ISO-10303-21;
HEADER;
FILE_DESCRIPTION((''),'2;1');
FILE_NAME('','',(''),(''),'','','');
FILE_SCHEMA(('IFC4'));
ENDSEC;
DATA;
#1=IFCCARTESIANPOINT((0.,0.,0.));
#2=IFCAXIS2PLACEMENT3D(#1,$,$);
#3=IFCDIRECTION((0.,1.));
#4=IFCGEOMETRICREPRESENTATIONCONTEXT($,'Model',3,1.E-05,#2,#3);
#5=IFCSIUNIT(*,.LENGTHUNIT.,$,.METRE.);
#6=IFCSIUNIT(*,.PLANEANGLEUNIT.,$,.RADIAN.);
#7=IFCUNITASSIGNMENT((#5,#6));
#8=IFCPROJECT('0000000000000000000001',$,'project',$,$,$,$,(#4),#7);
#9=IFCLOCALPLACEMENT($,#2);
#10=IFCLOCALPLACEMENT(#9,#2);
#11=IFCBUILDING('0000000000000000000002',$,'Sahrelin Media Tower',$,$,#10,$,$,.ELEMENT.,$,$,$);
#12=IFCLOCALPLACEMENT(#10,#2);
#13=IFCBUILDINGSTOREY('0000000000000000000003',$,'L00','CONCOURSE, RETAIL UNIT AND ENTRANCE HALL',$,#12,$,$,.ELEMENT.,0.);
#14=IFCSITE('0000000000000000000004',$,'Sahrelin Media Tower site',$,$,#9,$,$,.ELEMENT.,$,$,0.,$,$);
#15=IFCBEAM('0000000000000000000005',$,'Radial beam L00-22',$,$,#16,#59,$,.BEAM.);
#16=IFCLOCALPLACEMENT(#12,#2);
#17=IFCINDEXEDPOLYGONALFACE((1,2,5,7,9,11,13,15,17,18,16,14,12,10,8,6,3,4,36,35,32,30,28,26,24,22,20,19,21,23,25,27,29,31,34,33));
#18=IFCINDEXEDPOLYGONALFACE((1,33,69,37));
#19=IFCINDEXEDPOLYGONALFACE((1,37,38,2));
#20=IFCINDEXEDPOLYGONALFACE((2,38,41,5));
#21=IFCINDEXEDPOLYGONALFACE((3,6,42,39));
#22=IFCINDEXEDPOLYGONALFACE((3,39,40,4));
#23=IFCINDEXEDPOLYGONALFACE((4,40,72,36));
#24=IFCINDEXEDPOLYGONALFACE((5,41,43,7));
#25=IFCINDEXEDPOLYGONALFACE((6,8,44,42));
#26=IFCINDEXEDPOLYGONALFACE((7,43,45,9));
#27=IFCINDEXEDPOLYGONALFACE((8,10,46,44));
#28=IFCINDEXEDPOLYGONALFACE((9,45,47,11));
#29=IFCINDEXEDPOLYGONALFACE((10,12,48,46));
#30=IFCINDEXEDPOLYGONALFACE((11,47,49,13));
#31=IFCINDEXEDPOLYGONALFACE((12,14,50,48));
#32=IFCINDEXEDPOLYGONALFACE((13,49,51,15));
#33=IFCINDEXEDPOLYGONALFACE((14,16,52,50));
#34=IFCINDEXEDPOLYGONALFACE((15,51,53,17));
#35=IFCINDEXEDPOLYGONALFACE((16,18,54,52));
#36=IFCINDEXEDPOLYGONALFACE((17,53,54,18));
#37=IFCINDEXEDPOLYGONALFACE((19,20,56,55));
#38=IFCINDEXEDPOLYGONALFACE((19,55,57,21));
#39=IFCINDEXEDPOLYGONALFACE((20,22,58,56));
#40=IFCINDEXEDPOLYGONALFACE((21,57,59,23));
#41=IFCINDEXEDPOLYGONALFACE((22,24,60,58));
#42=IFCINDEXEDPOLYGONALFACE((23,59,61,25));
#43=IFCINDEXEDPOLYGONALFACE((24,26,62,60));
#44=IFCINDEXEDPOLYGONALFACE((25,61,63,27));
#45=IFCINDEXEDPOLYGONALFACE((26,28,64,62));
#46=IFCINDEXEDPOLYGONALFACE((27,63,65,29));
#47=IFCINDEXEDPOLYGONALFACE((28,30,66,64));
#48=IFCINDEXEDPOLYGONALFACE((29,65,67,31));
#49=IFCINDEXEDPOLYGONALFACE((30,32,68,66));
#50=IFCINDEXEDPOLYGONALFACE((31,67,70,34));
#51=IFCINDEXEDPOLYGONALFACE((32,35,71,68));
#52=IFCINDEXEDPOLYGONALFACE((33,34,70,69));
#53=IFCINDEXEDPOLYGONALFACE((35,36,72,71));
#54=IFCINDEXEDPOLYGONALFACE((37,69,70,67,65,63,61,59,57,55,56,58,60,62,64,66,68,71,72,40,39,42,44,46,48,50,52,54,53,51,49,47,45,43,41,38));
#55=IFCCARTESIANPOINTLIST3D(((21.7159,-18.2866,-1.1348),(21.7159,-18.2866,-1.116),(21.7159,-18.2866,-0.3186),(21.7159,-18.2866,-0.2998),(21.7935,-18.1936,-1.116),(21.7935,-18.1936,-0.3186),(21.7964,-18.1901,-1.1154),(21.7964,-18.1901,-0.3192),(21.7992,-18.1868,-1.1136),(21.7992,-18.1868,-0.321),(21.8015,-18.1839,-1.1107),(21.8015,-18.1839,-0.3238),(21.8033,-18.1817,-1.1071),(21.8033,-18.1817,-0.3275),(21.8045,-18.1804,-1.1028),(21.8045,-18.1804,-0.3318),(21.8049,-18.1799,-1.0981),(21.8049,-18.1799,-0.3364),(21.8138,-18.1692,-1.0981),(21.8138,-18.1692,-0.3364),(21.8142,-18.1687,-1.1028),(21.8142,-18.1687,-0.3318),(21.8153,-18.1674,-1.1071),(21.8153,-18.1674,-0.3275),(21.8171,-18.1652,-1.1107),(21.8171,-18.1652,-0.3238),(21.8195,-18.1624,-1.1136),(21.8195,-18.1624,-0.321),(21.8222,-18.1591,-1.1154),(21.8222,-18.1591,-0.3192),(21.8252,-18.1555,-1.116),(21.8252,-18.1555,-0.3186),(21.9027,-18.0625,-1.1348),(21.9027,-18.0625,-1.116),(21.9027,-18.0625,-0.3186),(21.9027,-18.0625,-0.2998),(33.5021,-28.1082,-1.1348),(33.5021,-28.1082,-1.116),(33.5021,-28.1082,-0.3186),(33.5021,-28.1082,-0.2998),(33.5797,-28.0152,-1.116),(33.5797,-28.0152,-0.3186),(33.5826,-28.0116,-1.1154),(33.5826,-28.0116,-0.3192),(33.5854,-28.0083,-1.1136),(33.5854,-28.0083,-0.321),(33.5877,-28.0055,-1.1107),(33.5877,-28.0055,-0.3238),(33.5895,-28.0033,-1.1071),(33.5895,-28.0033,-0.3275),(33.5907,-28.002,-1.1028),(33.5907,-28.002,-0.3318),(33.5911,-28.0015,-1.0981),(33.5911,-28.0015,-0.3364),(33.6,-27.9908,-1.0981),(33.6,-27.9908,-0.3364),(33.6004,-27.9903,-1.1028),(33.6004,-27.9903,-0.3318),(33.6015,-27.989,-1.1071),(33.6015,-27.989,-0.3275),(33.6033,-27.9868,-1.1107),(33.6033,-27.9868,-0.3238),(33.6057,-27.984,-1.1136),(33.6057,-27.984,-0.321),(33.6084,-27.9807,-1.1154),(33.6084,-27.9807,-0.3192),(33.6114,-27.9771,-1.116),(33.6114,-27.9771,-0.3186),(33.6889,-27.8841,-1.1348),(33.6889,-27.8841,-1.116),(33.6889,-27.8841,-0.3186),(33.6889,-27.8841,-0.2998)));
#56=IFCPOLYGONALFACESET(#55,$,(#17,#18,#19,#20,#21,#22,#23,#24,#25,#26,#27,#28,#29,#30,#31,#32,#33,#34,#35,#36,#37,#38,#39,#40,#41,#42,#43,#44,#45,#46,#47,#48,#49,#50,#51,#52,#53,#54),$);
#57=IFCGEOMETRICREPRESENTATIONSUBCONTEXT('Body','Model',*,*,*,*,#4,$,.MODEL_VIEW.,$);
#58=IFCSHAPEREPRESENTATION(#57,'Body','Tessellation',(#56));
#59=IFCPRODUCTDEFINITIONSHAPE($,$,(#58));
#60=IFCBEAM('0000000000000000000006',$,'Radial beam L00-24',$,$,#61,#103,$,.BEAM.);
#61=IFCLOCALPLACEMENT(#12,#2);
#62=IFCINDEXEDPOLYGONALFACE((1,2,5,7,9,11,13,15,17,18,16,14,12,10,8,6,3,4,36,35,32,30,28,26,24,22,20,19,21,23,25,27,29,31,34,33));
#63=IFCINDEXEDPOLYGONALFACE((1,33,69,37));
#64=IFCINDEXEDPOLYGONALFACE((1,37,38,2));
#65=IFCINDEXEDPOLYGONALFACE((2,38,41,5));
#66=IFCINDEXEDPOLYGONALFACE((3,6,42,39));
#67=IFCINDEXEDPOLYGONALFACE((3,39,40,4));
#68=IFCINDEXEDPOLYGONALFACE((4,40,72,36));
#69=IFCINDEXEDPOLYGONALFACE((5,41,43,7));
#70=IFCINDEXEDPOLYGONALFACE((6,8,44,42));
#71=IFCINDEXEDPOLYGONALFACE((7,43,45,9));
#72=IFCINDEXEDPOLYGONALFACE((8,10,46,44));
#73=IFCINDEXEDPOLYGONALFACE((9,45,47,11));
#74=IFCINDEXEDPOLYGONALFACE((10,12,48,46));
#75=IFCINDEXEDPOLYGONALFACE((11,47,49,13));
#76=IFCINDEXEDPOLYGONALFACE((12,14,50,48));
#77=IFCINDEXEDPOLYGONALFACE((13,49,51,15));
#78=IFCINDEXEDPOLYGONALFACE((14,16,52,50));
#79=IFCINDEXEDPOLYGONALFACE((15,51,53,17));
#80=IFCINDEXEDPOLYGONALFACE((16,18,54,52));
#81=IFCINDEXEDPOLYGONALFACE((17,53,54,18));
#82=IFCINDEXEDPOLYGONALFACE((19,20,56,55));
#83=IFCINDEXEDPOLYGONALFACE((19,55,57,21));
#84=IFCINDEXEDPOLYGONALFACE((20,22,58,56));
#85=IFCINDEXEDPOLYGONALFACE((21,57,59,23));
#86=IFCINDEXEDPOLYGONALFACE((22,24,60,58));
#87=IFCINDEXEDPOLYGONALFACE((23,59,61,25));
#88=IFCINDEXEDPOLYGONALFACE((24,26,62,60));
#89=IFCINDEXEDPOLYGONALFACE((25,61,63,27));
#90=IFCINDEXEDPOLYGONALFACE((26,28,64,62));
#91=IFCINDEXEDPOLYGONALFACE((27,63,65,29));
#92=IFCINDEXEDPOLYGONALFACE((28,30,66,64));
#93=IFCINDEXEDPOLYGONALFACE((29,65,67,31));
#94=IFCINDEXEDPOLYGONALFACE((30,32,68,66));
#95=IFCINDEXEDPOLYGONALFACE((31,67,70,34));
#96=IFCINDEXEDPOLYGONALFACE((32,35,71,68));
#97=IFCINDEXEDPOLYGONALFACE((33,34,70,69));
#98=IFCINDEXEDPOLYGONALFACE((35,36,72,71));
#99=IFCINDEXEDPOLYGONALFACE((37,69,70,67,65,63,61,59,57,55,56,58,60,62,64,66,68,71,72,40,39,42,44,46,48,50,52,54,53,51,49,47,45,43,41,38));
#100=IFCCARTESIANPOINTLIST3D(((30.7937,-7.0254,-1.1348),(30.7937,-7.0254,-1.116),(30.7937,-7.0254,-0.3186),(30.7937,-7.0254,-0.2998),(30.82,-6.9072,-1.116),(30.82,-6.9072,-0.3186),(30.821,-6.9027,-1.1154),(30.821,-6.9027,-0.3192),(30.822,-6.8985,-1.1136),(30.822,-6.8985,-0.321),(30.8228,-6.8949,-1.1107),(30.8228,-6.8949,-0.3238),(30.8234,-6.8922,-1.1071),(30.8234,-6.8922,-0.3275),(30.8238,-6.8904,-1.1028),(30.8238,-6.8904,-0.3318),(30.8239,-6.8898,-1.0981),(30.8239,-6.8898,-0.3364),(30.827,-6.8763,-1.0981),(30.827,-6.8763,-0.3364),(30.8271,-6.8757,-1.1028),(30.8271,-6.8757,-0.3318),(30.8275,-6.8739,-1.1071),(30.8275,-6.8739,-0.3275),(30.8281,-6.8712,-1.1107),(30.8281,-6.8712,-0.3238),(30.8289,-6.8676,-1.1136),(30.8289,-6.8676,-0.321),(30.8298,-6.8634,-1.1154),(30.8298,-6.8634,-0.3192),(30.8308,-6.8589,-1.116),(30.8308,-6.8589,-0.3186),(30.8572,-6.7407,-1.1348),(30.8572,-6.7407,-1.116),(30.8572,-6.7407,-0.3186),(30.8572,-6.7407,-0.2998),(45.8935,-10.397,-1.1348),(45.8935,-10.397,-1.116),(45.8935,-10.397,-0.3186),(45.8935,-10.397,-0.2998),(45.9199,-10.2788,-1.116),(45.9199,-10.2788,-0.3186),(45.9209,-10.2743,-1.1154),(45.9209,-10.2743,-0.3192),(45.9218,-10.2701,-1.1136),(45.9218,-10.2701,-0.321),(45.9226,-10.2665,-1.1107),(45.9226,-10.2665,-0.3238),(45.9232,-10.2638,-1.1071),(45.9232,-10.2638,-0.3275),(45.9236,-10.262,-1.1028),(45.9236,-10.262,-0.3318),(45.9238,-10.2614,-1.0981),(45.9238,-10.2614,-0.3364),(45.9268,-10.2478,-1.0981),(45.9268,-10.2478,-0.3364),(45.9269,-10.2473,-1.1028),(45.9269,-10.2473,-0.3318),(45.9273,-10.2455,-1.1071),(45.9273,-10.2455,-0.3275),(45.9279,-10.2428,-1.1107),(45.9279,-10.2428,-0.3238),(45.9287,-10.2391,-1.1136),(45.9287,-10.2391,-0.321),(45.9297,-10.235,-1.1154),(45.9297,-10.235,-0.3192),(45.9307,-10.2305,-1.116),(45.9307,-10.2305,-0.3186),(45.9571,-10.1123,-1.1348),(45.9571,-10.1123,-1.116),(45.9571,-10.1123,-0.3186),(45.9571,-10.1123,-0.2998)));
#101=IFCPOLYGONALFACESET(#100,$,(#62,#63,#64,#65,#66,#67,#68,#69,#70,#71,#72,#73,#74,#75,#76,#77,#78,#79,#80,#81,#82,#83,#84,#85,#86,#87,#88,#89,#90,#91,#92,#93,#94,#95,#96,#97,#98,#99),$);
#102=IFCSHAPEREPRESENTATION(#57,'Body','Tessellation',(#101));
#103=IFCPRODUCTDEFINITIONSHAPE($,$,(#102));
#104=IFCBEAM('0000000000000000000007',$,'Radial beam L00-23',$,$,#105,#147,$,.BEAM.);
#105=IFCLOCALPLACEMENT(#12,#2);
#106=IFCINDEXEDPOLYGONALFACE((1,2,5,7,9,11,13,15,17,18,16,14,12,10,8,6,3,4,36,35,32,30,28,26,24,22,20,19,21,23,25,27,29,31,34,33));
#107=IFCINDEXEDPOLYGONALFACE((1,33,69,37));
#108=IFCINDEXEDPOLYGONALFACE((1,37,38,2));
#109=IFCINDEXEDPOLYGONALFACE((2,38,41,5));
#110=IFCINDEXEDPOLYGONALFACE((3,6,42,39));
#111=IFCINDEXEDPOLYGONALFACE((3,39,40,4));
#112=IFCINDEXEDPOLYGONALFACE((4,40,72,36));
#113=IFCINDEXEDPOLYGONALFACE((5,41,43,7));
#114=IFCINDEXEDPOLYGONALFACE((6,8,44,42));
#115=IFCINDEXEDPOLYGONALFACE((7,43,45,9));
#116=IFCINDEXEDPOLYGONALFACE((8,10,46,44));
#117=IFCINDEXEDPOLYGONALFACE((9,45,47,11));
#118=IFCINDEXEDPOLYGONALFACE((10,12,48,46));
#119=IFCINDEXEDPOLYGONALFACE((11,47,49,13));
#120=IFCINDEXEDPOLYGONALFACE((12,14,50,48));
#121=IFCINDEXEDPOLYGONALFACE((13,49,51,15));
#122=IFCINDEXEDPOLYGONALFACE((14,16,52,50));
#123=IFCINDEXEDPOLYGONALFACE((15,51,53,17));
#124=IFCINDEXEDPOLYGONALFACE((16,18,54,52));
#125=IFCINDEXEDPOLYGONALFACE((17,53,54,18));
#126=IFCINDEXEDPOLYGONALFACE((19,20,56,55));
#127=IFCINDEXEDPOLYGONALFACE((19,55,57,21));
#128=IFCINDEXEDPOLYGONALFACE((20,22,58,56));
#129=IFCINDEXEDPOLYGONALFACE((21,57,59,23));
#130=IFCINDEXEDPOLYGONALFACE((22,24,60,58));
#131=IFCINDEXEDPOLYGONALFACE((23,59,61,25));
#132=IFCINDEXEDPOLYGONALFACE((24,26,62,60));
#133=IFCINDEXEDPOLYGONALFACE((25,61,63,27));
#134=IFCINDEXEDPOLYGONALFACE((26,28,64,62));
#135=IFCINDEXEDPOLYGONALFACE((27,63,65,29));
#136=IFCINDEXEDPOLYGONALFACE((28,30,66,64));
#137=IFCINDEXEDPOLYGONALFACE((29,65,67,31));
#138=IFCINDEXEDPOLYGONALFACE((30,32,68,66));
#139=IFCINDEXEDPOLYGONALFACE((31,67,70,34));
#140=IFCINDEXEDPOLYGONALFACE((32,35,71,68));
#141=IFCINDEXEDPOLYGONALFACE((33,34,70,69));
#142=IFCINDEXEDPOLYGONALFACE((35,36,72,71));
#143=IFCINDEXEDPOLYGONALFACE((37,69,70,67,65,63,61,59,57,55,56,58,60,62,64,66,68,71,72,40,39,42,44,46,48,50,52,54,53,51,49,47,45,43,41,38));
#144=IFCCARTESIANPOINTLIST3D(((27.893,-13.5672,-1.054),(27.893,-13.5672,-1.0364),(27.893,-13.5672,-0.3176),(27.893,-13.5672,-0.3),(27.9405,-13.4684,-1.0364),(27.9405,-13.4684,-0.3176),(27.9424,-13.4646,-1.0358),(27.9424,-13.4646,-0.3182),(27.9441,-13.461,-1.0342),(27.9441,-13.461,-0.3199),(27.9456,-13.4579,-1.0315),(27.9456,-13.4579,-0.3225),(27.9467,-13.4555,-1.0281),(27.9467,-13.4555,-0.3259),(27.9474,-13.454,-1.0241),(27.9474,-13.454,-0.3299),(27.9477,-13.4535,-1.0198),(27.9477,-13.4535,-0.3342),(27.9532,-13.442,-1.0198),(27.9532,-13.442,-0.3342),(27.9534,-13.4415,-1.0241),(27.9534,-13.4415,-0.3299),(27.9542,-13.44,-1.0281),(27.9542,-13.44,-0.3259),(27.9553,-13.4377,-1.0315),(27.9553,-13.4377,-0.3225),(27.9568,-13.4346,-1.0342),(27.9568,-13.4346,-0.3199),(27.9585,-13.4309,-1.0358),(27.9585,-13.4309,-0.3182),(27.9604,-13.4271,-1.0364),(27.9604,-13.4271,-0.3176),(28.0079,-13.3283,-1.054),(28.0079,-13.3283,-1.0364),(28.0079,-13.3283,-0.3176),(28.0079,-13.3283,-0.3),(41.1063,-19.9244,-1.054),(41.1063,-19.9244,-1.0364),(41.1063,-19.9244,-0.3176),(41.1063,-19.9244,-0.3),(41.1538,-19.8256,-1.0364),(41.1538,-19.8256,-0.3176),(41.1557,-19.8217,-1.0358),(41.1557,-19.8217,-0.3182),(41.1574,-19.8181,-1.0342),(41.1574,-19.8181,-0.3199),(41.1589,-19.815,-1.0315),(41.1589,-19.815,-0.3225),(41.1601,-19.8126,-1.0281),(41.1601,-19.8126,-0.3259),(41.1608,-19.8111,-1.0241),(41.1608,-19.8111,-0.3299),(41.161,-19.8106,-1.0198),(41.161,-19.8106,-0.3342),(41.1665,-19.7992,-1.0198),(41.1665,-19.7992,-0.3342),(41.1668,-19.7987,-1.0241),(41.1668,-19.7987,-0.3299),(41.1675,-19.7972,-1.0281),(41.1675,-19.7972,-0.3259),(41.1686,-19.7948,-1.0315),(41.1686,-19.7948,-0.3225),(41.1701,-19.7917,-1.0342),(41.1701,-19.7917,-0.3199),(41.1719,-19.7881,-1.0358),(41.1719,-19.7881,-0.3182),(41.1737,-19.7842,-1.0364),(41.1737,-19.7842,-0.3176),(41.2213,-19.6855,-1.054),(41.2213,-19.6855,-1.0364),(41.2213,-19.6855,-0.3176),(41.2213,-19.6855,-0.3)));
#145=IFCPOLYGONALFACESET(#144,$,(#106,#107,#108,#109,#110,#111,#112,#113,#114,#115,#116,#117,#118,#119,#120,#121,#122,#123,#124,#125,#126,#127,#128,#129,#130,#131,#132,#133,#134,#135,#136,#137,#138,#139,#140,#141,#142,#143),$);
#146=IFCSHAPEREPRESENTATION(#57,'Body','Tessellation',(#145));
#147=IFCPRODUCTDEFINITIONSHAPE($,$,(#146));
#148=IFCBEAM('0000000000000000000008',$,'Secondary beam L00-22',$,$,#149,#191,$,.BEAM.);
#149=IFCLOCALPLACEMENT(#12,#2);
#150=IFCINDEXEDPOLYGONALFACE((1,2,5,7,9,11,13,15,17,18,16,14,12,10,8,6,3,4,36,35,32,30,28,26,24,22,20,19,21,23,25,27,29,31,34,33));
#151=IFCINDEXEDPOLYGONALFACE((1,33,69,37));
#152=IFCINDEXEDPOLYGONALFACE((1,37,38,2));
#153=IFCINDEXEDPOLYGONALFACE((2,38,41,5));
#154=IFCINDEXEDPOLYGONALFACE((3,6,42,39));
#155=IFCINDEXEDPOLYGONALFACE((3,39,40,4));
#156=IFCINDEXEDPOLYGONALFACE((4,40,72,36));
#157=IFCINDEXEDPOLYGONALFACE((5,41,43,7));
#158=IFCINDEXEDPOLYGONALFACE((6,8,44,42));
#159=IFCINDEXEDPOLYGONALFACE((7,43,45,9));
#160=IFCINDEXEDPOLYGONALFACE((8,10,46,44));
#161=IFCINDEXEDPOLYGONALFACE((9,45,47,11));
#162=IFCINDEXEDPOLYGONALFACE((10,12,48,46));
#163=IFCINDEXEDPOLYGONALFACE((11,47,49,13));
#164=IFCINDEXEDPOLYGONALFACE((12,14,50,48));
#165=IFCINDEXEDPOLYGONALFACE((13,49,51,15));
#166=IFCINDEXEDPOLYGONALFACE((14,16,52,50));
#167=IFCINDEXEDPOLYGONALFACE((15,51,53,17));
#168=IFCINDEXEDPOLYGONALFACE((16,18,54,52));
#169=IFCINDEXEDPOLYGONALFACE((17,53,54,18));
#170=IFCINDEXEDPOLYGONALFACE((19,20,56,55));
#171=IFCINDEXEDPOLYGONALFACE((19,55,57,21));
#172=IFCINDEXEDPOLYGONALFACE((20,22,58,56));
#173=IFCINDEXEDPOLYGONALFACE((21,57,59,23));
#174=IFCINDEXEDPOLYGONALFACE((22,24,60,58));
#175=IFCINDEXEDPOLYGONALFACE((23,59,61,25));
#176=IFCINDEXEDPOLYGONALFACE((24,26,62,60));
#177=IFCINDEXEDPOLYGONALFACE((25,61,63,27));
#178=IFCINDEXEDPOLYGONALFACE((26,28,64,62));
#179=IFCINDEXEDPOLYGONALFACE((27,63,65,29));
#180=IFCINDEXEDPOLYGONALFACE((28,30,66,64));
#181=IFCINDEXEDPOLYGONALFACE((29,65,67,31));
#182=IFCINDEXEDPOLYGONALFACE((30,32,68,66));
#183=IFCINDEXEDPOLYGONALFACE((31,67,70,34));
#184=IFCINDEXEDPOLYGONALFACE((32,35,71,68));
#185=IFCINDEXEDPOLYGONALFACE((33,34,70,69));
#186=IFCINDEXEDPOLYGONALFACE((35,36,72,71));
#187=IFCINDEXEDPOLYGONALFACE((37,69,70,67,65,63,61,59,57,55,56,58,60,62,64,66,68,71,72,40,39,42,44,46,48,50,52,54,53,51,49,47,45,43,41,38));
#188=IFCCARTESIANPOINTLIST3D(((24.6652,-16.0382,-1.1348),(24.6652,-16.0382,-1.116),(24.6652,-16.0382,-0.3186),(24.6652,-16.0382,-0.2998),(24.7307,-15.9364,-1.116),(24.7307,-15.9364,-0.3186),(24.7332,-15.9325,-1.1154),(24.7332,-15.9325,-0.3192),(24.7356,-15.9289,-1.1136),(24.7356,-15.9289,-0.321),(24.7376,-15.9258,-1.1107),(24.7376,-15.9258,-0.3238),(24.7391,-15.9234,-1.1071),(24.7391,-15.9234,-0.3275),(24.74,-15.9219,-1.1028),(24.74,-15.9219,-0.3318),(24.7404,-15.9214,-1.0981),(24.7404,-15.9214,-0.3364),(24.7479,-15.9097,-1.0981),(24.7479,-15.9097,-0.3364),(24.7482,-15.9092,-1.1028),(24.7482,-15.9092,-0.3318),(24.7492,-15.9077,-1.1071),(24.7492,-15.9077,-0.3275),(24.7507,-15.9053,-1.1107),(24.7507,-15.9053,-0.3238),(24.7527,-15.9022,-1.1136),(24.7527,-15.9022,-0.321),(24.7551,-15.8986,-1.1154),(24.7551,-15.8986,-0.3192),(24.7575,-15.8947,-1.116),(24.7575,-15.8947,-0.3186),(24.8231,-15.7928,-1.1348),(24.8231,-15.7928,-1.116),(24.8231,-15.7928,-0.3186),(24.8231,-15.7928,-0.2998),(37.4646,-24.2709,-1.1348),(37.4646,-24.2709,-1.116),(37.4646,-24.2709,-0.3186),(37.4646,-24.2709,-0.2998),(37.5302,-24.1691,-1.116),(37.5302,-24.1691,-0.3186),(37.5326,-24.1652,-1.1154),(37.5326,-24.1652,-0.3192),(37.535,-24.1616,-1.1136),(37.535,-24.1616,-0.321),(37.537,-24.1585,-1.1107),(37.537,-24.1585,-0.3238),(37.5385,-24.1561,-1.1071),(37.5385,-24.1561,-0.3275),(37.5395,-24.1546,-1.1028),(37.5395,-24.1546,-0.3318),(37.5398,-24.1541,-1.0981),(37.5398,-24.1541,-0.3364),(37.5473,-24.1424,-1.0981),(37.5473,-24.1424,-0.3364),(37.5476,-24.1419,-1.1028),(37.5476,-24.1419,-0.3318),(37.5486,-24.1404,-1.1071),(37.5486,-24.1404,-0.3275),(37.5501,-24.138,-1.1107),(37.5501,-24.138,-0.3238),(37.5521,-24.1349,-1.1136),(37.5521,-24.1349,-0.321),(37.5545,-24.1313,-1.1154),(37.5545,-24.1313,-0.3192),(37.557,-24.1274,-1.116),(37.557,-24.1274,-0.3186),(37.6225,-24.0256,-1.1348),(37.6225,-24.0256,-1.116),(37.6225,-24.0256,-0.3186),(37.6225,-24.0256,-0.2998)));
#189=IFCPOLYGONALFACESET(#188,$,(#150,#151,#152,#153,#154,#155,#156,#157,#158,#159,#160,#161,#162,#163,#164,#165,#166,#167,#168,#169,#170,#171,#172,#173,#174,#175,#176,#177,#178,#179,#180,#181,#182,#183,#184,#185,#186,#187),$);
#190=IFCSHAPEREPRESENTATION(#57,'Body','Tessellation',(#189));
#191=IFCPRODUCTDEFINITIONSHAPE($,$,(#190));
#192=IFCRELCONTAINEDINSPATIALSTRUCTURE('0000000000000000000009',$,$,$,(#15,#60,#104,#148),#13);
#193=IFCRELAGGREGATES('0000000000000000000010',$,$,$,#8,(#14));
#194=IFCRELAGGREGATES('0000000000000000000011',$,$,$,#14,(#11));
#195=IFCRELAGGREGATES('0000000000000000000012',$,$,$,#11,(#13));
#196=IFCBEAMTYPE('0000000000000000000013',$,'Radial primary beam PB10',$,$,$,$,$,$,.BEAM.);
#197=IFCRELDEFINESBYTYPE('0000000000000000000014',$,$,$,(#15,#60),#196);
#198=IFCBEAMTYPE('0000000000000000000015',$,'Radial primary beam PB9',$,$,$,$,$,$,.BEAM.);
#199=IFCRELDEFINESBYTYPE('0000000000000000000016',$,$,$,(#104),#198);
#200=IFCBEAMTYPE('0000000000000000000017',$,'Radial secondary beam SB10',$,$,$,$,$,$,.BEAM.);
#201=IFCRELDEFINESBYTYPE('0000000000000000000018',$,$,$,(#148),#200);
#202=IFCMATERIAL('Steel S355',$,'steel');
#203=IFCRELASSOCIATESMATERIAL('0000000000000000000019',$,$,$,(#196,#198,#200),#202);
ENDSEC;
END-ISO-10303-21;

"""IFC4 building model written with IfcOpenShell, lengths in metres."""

from ifc_helpers import new_model, si_unit, direction, frame, origin, origin_2d, place, context, subcontext, project, spatial, i_section, extrude, material, material_profile, profile_set, type_object, element, save


model = new_model("IFC4")

# Units and contexts
model_context = context("Model", 3, precision=1e-05, world=origin(), true_north=direction((0.0, 1.0)))
body_context = subcontext(model_context, "Body", "Model", "MODEL_VIEW")
ifc_project = project(units=[si_unit("LENGTHUNIT", "METRE"), si_unit("PLANEANGLEUNIT", "RADIAN")], contexts=[model_context])

# Site, building, storey
site_placement = place(None, origin())
site = spatial("IfcSite", under=ifc_project, at=site_placement, Name="Sahrelin Media Tower site", CompositionType="ELEMENT", RefElevation=0.0)
building_placement = place(site_placement, origin())
building = spatial("IfcBuilding", under=site, at=building_placement, Name="Sahrelin Media Tower", CompositionType="ELEMENT")
storey_placement = place(building_placement, origin())
storey = spatial("IfcBuildingStorey", under=building, at=storey_placement, Name="L00", Description="CONCOURSE, RETAIL UNIT AND ENTRANCE HALL", CompositionType="ELEMENT", Elevation=0.0)

# Beams
ifc_material_1 = material(Name="Steel S355", Category="steel")
ifc_material_profile_1 = material_profile(ifc_material_1, i_section(OverallWidth=0.2917, OverallDepth=0.835, WebThickness=0.0139, FlangeThickness=0.0188, FilletRadius=0.0178, at=origin_2d()), Name="UB 838x292x176")
ifc_profile_set_1 = profile_set([ifc_material_profile_1], Name="Steel S355")
beam_type_1 = type_object("IfcBeamType", Name="Radial primary beam PB10", PredefinedType="BEAM", material=ifc_profile_set_1)
beam_1_placement = place(storey_placement, frame((21.8093, -18.1746, -0.7173), z_axis=(0.768229, -0.640175, 0.0), x_axis=(0.640175, 0.768229, 0.0)))
element("IfcBeam", 1, at=beam_1_placement, inside=storey, type_object=beam_type_1, Name="Radial beam L00-22", PredefinedType="BEAM", context=body_context, shape_type="SweptSolid", body=[
    extrude(i_section(OverallWidth=0.2917, OverallDepth=0.835, WebThickness=0.0139, FlangeThickness=0.0188, FilletRadius=0.0178, at=origin_2d()), origin(), (0.0, 0.0, 1.0), 15.342),
])
beam_2_placement = place(storey_placement, frame((30.8254, -6.8831, -0.7173), z_axis=(0.975967, -0.217919, 0.0), x_axis=(0.217919, 0.975967, 0.0)))
element("IfcBeam", 2, at=beam_2_placement, inside=storey, type_object=beam_type_1, Name="Radial beam L00-24", PredefinedType="BEAM", context=body_context, shape_type="SweptSolid", body=[
    extrude(i_section(OverallWidth=0.2917, OverallDepth=0.835, WebThickness=0.0139, FlangeThickness=0.0188, FilletRadius=0.0178, at=origin_2d()), origin(), (0.0, 0.0, 1.0), 15.4717),
])
ifc_material_profile_2 = material_profile(ifc_material_1, i_section(OverallWidth=0.2651, OverallDepth=0.7539, WebThickness=0.0127, FlangeThickness=0.0176, FilletRadius=0.0166, at=origin_2d()), Name="UB 762x267x147")
ifc_profile_set_2 = profile_set([ifc_material_profile_2], Name="Steel S355")
beam_type_2 = type_object("IfcBeamType", Name="Radial primary beam PB9", PredefinedType="BEAM", material=ifc_profile_set_2)
beam_3_placement = place(storey_placement, frame((27.9504, -13.4478, -0.677), z_axis=(0.90113, -0.433549, 0.0), x_axis=(0.433549, 0.90113, 0.0)))
element("IfcBeam", 3, at=beam_3_placement, inside=storey, type_object=beam_type_2, Name="Radial beam L00-23", PredefinedType="BEAM", context=body_context, shape_type="SweptSolid", body=[
    extrude(i_section(OverallWidth=0.2651, OverallDepth=0.7539, WebThickness=0.0127, FlangeThickness=0.0176, FilletRadius=0.0166, at=origin_2d()), origin(), (0.0, 0.0, 1.0), 14.6631),
])
ifc_material_profile_3 = material_profile(ifc_material_1, i_section(OverallWidth=0.2917, OverallDepth=0.835, WebThickness=0.0139, FlangeThickness=0.0188, FilletRadius=0.0178, at=origin_2d()), Name="UB 838x292x176")
ifc_profile_set_3 = profile_set([ifc_material_profile_3], Name="Steel S355")
beam_type_3 = type_object("IfcBeamType", Name="Radial secondary beam SB10", PredefinedType="BEAM", material=ifc_profile_set_3)
beam_4_placement = place(storey_placement, frame((24.7441, -15.9155, -0.7173), z_axis=(0.841043, -0.540968, 0.0), x_axis=(0.540968, 0.841043, 0.0)))
element("IfcBeam", 4, at=beam_4_placement, inside=storey, type_object=beam_type_3, Name="Secondary beam L00-22", PredefinedType="BEAM", context=body_context, shape_type="SweptSolid", body=[
    extrude(i_section(OverallWidth=0.2917, OverallDepth=0.835, WebThickness=0.0139, FlangeThickness=0.0188, FilletRadius=0.0178, at=origin_2d()), origin(), (0.0, 0.0, 1.0), 15.2185),
])

save(model, "model.ifc")
